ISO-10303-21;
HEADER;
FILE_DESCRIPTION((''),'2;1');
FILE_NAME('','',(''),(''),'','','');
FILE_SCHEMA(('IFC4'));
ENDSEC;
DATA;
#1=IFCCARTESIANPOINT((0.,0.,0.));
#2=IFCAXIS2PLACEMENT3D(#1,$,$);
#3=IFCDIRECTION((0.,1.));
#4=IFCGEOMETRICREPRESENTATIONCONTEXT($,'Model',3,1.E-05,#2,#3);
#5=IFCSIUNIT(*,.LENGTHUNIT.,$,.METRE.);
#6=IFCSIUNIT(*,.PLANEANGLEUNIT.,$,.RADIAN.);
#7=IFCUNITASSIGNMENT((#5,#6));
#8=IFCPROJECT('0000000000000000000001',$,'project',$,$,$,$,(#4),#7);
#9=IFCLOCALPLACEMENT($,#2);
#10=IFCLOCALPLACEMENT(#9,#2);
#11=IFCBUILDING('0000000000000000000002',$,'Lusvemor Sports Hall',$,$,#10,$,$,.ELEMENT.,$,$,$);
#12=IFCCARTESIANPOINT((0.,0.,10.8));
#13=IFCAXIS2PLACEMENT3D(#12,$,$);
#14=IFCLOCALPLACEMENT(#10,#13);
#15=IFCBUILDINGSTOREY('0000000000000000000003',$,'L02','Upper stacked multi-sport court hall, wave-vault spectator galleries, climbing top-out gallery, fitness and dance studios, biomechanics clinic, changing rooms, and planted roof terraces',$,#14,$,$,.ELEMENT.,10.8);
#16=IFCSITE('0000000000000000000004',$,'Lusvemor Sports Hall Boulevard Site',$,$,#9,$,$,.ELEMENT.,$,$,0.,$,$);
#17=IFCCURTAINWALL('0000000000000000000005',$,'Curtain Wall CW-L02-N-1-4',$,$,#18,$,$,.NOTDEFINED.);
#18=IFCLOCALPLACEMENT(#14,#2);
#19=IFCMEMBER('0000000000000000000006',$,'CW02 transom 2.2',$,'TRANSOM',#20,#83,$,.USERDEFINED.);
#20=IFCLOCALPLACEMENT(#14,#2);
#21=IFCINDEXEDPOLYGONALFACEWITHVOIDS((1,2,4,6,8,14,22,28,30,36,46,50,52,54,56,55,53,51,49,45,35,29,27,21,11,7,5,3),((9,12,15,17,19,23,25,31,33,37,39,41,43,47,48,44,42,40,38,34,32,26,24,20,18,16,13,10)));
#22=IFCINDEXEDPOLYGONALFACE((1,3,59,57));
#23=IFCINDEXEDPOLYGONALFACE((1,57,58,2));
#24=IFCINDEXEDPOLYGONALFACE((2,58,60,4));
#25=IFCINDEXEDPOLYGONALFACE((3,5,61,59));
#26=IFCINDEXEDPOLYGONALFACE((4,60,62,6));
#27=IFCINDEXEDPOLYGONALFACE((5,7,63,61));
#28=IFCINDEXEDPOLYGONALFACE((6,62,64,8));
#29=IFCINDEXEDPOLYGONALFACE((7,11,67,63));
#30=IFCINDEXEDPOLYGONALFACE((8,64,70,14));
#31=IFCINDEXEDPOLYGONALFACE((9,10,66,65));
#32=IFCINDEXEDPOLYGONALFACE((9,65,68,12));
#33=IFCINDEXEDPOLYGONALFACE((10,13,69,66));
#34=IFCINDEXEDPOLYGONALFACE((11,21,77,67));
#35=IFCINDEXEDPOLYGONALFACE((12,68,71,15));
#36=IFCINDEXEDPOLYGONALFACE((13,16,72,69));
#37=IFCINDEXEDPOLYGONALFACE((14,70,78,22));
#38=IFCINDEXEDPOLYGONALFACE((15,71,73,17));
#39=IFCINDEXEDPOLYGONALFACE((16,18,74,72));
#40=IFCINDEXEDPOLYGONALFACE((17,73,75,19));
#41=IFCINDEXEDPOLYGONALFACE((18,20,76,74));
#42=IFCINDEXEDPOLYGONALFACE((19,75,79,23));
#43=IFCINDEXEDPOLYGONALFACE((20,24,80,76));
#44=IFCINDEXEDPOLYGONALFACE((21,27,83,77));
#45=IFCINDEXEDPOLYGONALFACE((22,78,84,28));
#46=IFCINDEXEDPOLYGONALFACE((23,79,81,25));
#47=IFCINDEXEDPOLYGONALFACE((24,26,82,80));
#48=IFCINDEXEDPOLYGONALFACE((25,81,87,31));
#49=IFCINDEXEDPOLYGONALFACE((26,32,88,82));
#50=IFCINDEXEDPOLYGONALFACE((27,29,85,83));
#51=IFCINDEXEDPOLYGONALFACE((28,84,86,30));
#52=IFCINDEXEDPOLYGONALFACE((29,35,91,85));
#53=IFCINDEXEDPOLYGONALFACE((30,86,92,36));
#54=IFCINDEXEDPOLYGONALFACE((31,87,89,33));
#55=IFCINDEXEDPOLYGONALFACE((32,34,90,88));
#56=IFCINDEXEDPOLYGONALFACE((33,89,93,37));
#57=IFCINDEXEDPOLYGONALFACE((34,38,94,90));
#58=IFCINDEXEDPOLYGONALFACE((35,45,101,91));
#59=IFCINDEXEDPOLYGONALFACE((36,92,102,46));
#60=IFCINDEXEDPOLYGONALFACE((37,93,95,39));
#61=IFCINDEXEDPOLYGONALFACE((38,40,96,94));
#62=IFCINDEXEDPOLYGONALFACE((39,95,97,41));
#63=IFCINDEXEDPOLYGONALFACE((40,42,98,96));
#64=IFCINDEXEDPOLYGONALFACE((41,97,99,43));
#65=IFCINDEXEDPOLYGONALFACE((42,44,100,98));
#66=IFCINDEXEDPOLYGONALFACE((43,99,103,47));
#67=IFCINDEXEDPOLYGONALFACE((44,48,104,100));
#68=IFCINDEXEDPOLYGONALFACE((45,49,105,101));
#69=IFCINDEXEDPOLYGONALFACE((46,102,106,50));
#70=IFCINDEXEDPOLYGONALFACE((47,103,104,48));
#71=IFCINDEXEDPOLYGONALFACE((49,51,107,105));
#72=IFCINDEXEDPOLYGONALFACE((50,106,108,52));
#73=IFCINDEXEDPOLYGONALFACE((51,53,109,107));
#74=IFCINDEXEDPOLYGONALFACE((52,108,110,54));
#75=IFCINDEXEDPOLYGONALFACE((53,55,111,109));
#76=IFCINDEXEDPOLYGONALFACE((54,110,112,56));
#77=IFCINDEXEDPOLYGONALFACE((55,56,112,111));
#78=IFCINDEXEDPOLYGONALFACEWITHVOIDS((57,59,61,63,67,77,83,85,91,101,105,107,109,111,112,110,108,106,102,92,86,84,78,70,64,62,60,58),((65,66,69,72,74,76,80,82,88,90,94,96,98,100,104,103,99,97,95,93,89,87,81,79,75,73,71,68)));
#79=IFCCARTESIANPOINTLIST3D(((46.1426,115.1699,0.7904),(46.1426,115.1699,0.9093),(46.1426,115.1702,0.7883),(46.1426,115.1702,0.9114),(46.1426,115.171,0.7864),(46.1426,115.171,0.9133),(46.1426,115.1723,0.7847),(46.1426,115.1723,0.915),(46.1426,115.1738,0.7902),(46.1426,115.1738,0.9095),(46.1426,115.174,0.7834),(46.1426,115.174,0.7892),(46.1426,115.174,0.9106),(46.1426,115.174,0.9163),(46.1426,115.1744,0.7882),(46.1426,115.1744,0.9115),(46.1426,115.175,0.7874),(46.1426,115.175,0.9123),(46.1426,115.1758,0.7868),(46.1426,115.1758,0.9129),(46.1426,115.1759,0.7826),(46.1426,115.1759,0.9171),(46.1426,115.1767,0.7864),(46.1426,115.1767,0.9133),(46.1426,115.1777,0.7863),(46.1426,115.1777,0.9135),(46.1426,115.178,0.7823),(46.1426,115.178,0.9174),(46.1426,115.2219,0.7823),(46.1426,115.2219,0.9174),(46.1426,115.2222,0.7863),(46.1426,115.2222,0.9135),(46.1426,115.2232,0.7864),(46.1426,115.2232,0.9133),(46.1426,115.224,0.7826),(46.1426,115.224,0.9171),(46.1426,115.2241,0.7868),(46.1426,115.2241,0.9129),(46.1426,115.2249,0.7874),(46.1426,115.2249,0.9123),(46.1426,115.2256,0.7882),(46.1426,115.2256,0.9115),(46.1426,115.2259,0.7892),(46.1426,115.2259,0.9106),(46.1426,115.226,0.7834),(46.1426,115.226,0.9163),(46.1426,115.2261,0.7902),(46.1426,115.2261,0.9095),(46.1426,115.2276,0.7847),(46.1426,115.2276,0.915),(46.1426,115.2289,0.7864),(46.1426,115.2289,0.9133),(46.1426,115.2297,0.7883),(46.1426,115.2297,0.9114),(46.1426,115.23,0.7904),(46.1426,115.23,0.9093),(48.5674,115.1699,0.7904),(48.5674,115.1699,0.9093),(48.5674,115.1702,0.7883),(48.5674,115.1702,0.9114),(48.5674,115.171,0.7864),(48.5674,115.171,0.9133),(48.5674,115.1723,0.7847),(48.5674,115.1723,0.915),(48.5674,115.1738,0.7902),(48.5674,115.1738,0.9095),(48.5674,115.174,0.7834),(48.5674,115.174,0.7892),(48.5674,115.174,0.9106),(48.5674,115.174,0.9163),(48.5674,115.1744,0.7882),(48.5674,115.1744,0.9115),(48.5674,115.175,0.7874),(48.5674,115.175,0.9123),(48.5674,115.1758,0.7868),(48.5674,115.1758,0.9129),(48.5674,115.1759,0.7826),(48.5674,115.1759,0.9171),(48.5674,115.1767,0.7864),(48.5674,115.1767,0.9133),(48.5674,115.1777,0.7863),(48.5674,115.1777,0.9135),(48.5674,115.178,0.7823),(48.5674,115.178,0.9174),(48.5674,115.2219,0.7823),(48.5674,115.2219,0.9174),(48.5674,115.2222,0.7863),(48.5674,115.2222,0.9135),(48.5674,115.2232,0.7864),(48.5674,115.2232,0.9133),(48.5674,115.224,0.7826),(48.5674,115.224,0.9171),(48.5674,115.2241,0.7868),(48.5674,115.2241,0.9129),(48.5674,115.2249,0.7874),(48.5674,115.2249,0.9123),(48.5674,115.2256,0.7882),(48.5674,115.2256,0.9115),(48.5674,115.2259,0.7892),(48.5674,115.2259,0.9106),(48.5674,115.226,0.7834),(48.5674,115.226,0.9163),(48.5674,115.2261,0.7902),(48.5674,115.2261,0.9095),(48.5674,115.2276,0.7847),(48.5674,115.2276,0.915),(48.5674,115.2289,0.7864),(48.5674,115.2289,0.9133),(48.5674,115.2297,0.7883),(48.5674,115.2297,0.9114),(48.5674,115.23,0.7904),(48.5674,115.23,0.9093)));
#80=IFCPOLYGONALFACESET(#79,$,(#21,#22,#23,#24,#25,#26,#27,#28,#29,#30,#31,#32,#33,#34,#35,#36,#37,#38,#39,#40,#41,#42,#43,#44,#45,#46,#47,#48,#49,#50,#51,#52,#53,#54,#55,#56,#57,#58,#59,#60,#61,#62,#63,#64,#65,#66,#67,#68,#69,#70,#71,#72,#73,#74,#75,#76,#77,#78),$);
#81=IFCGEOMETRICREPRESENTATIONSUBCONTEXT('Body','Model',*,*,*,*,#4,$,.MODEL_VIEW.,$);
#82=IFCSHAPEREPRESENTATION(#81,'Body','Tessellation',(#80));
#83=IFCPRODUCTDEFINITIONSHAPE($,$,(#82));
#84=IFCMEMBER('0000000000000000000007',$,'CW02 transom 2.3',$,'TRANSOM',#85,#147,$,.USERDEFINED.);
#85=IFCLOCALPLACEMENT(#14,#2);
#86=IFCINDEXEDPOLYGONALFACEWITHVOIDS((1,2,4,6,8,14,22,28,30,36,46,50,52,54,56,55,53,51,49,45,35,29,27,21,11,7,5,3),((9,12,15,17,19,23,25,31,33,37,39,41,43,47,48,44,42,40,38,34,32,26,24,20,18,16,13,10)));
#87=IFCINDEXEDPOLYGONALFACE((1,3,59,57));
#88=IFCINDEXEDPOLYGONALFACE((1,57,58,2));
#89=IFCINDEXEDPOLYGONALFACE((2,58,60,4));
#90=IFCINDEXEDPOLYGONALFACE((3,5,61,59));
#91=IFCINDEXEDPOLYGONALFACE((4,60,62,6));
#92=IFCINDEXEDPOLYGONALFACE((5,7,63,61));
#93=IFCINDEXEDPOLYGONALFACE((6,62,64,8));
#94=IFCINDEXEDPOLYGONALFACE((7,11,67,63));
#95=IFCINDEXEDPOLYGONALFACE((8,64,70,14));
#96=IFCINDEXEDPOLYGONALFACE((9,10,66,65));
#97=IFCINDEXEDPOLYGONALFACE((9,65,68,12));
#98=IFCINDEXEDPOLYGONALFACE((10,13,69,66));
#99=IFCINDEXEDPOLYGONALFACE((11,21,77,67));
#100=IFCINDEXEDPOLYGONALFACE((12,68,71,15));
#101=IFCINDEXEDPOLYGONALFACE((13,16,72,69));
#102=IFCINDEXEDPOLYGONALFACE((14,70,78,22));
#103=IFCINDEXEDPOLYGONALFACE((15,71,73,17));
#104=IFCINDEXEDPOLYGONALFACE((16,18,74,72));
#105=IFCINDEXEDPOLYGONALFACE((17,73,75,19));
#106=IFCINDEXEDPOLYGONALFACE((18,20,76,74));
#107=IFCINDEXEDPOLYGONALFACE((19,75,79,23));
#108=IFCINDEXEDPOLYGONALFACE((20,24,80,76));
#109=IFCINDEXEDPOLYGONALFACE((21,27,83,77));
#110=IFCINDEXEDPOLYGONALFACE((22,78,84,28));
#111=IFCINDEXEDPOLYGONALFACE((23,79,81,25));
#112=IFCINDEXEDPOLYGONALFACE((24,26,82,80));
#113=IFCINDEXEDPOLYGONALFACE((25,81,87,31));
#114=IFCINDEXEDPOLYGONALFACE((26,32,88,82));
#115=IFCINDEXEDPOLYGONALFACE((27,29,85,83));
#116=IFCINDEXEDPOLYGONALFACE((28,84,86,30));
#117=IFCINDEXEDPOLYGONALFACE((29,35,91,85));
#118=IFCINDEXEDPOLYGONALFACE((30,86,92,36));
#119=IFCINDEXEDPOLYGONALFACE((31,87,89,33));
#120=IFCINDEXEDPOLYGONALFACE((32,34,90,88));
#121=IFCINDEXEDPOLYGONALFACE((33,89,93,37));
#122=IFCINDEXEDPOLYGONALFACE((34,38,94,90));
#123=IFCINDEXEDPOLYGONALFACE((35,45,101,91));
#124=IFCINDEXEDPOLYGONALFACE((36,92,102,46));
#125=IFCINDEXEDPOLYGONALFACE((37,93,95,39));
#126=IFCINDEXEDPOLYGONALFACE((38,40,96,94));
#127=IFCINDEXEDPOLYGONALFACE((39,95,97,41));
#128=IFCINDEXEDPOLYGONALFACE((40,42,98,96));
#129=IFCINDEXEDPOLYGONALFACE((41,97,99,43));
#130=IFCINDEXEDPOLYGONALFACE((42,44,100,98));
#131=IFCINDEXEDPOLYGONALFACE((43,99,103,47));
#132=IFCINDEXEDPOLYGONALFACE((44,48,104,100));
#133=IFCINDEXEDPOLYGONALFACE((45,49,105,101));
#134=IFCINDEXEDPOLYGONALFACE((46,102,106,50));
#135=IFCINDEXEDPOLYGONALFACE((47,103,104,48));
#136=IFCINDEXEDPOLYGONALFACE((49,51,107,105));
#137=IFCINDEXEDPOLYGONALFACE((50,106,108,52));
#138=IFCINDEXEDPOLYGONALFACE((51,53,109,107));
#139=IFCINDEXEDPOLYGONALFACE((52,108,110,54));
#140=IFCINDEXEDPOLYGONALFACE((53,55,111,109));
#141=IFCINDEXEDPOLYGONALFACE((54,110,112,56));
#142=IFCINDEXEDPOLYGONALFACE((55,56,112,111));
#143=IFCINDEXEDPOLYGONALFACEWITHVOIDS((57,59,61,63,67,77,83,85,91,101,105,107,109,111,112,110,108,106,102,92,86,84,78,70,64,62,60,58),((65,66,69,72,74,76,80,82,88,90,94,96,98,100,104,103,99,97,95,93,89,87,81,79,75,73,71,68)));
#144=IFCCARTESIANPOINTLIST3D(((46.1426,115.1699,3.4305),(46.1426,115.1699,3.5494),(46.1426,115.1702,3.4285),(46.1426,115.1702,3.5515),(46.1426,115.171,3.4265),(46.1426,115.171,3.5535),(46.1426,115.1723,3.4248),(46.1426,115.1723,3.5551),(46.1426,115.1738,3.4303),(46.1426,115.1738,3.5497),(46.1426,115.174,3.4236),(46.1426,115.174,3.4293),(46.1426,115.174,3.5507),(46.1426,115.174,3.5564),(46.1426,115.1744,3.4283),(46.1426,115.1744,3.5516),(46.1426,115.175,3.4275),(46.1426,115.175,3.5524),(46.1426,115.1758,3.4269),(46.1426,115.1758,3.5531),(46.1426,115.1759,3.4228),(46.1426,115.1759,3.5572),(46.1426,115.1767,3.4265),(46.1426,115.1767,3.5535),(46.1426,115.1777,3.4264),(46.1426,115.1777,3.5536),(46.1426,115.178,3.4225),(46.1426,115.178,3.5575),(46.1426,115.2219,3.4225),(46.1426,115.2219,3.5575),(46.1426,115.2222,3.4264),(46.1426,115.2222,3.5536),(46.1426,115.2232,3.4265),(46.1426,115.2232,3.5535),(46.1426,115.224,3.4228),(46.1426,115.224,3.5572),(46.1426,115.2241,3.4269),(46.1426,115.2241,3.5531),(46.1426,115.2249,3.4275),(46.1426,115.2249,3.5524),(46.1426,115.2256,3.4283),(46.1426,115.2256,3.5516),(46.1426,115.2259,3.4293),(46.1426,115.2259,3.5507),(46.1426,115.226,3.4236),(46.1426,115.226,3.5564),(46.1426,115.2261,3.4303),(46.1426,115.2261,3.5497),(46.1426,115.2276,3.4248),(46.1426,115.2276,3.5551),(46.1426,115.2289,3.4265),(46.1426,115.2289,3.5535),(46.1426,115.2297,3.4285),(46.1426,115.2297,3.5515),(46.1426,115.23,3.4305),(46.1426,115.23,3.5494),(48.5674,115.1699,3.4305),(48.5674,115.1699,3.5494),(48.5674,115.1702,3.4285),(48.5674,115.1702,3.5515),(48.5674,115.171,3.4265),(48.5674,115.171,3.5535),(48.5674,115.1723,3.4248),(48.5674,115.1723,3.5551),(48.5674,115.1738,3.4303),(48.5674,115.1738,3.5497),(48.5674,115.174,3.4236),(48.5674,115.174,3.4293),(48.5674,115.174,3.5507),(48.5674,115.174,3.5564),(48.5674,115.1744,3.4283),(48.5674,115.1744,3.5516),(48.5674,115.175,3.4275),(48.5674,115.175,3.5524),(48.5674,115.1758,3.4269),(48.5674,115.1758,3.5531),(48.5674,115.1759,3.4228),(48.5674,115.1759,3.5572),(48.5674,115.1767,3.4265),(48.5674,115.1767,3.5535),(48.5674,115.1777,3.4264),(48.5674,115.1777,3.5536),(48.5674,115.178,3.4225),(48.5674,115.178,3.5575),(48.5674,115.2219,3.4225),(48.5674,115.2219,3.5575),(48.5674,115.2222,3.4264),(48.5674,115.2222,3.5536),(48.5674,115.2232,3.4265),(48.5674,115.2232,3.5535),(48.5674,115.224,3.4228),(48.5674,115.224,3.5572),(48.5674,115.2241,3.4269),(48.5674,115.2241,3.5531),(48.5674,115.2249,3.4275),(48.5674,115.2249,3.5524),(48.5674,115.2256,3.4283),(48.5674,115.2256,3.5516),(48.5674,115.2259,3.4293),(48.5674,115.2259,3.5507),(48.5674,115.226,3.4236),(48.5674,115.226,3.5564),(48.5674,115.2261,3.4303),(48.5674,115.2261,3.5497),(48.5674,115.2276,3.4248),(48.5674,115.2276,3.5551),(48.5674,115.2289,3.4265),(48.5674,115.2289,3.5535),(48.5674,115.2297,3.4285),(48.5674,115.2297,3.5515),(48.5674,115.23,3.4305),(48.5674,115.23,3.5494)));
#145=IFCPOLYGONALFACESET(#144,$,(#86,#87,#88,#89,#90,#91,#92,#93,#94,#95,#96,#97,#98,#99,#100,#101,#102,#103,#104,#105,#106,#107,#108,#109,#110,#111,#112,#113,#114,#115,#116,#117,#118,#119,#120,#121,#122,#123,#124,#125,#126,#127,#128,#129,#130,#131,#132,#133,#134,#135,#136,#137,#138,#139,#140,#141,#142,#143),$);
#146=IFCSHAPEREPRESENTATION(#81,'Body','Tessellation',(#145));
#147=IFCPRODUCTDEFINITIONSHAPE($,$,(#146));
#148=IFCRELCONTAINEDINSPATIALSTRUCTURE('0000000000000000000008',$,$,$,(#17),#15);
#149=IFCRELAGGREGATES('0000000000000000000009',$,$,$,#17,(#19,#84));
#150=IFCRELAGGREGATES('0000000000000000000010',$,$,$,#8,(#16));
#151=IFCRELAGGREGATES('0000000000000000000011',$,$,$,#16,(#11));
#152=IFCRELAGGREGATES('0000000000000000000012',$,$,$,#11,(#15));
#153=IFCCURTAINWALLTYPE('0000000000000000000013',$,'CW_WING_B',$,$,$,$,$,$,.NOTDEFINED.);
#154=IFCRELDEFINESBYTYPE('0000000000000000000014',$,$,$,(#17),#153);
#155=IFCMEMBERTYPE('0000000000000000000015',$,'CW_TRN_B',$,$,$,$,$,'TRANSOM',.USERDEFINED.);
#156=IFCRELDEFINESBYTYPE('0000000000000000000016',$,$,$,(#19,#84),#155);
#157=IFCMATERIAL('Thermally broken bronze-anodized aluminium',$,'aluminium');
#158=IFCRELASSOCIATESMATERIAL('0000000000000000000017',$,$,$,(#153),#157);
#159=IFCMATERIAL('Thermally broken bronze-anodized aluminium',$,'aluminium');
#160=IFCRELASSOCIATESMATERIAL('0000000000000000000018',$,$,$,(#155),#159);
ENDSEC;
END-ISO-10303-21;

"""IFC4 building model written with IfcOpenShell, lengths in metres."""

from ifc_helpers import new_model, si_unit, direction, frame, origin, origin_2d, place, context, subcontext, project, spatial, hollow_rectangle, extrude, material, material_profile, profile_set, type_object, element, aggregate, save


model = new_model("IFC4")

# Units and contexts
model_context = context("Model", 3, precision=1e-05, world=origin(), true_north=direction((0.0, 1.0)))
body_context = subcontext(model_context, "Body", "Model", "MODEL_VIEW")
ifc_project = project(units=[si_unit("LENGTHUNIT", "METRE"), si_unit("PLANEANGLEUNIT", "RADIAN")], contexts=[model_context])

# Site, building, storey
site_placement = place(None, origin())
site = spatial("IfcSite", under=ifc_project, at=site_placement, Name="Lusvemor Sports Hall Boulevard Site", CompositionType="ELEMENT", RefElevation=0.0)
building_placement = place(site_placement, origin())
building = spatial("IfcBuilding", under=site, at=building_placement, Name="Lusvemor Sports Hall", CompositionType="ELEMENT")
storey_placement = place(building_placement, frame((0.0, 0.0, 10.8)))
storey = spatial("IfcBuildingStorey", under=building, at=storey_placement, Name="L02", Description="Upper stacked multi-sport court hall, wave-vault spectator galleries, climbing top-out gallery, fitness and dance studios, biomechanics clinic, changing rooms, and planted roof terraces", CompositionType="ELEMENT", Elevation=10.8)

# Curtain wall, members
ifc_material_1 = material(Name="Thermally broken bronze-anodized aluminium", Category="aluminium")
curtain_wall_type = type_object("IfcCurtainWallType", Name="CW_WING_B", PredefinedType="NOTDEFINED", material=ifc_material_1)
curtain_wall_placement = place(storey_placement, origin())
curtain_wall = element("IfcCurtainWall", 1, at=curtain_wall_placement, inside=storey, type_object=curtain_wall_type, Name="Curtain Wall CW-L02-N-1-4", PredefinedType="NOTDEFINED")
ifc_material_2 = material(Name="Thermally broken bronze-anodized aluminium", Category="aluminium")
ifc_material_profile_1 = material_profile(ifc_material_2, hollow_rectangle(XDim=0.0601, YDim=0.135, WallThickness=0.0039, InnerFilletRadius=0.0039, OuterFilletRadius=0.0081, at=origin_2d()), Name="CWTRN135x60x4")
ifc_profile_set_1 = profile_set([ifc_material_profile_1], Name="Thermally broken bronze-anodized aluminium")
member_type_1 = type_object("IfcMemberType", Name="CW_TRN_B", ElementType="TRANSOM", PredefinedType="USERDEFINED", material=ifc_profile_set_1)
member_1_placement = place(storey_placement, frame((46.1426, 115.2, 0.8499), z_axis=(1.0, 0.0, 0.0), x_axis=(0.0, 1.0, 0.0)))
member_1 = element("IfcMember", 2, at=member_1_placement, type_object=member_type_1, Name="CW02 transom 2.2", ObjectType="TRANSOM", PredefinedType="USERDEFINED", context=body_context, shape_type="SweptSolid", body=[
    extrude(hollow_rectangle(XDim=0.0601, YDim=0.135, WallThickness=0.0039, InnerFilletRadius=0.0039, OuterFilletRadius=0.0081, at=origin_2d()), origin(), (0.0, 0.0, 1.0), 2.4248),
])
member_2_placement = place(storey_placement, frame((46.1426, 115.2, 3.49), z_axis=(1.0, 0.0, 0.0), x_axis=(0.0, 1.0, 0.0)))
member_2 = element("IfcMember", 3, at=member_2_placement, type_object=member_type_1, Name="CW02 transom 2.3", ObjectType="TRANSOM", PredefinedType="USERDEFINED", context=body_context, shape_type="SweptSolid", body=[
    extrude(hollow_rectangle(XDim=0.0601, YDim=0.135, WallThickness=0.0039, InnerFilletRadius=0.0039, OuterFilletRadius=0.0081, at=origin_2d()), origin(), (0.0, 0.0, 1.0), 2.4248),
])

aggregate(curtain_wall, [member_1, member_2])

save(model, "model.ifc")
